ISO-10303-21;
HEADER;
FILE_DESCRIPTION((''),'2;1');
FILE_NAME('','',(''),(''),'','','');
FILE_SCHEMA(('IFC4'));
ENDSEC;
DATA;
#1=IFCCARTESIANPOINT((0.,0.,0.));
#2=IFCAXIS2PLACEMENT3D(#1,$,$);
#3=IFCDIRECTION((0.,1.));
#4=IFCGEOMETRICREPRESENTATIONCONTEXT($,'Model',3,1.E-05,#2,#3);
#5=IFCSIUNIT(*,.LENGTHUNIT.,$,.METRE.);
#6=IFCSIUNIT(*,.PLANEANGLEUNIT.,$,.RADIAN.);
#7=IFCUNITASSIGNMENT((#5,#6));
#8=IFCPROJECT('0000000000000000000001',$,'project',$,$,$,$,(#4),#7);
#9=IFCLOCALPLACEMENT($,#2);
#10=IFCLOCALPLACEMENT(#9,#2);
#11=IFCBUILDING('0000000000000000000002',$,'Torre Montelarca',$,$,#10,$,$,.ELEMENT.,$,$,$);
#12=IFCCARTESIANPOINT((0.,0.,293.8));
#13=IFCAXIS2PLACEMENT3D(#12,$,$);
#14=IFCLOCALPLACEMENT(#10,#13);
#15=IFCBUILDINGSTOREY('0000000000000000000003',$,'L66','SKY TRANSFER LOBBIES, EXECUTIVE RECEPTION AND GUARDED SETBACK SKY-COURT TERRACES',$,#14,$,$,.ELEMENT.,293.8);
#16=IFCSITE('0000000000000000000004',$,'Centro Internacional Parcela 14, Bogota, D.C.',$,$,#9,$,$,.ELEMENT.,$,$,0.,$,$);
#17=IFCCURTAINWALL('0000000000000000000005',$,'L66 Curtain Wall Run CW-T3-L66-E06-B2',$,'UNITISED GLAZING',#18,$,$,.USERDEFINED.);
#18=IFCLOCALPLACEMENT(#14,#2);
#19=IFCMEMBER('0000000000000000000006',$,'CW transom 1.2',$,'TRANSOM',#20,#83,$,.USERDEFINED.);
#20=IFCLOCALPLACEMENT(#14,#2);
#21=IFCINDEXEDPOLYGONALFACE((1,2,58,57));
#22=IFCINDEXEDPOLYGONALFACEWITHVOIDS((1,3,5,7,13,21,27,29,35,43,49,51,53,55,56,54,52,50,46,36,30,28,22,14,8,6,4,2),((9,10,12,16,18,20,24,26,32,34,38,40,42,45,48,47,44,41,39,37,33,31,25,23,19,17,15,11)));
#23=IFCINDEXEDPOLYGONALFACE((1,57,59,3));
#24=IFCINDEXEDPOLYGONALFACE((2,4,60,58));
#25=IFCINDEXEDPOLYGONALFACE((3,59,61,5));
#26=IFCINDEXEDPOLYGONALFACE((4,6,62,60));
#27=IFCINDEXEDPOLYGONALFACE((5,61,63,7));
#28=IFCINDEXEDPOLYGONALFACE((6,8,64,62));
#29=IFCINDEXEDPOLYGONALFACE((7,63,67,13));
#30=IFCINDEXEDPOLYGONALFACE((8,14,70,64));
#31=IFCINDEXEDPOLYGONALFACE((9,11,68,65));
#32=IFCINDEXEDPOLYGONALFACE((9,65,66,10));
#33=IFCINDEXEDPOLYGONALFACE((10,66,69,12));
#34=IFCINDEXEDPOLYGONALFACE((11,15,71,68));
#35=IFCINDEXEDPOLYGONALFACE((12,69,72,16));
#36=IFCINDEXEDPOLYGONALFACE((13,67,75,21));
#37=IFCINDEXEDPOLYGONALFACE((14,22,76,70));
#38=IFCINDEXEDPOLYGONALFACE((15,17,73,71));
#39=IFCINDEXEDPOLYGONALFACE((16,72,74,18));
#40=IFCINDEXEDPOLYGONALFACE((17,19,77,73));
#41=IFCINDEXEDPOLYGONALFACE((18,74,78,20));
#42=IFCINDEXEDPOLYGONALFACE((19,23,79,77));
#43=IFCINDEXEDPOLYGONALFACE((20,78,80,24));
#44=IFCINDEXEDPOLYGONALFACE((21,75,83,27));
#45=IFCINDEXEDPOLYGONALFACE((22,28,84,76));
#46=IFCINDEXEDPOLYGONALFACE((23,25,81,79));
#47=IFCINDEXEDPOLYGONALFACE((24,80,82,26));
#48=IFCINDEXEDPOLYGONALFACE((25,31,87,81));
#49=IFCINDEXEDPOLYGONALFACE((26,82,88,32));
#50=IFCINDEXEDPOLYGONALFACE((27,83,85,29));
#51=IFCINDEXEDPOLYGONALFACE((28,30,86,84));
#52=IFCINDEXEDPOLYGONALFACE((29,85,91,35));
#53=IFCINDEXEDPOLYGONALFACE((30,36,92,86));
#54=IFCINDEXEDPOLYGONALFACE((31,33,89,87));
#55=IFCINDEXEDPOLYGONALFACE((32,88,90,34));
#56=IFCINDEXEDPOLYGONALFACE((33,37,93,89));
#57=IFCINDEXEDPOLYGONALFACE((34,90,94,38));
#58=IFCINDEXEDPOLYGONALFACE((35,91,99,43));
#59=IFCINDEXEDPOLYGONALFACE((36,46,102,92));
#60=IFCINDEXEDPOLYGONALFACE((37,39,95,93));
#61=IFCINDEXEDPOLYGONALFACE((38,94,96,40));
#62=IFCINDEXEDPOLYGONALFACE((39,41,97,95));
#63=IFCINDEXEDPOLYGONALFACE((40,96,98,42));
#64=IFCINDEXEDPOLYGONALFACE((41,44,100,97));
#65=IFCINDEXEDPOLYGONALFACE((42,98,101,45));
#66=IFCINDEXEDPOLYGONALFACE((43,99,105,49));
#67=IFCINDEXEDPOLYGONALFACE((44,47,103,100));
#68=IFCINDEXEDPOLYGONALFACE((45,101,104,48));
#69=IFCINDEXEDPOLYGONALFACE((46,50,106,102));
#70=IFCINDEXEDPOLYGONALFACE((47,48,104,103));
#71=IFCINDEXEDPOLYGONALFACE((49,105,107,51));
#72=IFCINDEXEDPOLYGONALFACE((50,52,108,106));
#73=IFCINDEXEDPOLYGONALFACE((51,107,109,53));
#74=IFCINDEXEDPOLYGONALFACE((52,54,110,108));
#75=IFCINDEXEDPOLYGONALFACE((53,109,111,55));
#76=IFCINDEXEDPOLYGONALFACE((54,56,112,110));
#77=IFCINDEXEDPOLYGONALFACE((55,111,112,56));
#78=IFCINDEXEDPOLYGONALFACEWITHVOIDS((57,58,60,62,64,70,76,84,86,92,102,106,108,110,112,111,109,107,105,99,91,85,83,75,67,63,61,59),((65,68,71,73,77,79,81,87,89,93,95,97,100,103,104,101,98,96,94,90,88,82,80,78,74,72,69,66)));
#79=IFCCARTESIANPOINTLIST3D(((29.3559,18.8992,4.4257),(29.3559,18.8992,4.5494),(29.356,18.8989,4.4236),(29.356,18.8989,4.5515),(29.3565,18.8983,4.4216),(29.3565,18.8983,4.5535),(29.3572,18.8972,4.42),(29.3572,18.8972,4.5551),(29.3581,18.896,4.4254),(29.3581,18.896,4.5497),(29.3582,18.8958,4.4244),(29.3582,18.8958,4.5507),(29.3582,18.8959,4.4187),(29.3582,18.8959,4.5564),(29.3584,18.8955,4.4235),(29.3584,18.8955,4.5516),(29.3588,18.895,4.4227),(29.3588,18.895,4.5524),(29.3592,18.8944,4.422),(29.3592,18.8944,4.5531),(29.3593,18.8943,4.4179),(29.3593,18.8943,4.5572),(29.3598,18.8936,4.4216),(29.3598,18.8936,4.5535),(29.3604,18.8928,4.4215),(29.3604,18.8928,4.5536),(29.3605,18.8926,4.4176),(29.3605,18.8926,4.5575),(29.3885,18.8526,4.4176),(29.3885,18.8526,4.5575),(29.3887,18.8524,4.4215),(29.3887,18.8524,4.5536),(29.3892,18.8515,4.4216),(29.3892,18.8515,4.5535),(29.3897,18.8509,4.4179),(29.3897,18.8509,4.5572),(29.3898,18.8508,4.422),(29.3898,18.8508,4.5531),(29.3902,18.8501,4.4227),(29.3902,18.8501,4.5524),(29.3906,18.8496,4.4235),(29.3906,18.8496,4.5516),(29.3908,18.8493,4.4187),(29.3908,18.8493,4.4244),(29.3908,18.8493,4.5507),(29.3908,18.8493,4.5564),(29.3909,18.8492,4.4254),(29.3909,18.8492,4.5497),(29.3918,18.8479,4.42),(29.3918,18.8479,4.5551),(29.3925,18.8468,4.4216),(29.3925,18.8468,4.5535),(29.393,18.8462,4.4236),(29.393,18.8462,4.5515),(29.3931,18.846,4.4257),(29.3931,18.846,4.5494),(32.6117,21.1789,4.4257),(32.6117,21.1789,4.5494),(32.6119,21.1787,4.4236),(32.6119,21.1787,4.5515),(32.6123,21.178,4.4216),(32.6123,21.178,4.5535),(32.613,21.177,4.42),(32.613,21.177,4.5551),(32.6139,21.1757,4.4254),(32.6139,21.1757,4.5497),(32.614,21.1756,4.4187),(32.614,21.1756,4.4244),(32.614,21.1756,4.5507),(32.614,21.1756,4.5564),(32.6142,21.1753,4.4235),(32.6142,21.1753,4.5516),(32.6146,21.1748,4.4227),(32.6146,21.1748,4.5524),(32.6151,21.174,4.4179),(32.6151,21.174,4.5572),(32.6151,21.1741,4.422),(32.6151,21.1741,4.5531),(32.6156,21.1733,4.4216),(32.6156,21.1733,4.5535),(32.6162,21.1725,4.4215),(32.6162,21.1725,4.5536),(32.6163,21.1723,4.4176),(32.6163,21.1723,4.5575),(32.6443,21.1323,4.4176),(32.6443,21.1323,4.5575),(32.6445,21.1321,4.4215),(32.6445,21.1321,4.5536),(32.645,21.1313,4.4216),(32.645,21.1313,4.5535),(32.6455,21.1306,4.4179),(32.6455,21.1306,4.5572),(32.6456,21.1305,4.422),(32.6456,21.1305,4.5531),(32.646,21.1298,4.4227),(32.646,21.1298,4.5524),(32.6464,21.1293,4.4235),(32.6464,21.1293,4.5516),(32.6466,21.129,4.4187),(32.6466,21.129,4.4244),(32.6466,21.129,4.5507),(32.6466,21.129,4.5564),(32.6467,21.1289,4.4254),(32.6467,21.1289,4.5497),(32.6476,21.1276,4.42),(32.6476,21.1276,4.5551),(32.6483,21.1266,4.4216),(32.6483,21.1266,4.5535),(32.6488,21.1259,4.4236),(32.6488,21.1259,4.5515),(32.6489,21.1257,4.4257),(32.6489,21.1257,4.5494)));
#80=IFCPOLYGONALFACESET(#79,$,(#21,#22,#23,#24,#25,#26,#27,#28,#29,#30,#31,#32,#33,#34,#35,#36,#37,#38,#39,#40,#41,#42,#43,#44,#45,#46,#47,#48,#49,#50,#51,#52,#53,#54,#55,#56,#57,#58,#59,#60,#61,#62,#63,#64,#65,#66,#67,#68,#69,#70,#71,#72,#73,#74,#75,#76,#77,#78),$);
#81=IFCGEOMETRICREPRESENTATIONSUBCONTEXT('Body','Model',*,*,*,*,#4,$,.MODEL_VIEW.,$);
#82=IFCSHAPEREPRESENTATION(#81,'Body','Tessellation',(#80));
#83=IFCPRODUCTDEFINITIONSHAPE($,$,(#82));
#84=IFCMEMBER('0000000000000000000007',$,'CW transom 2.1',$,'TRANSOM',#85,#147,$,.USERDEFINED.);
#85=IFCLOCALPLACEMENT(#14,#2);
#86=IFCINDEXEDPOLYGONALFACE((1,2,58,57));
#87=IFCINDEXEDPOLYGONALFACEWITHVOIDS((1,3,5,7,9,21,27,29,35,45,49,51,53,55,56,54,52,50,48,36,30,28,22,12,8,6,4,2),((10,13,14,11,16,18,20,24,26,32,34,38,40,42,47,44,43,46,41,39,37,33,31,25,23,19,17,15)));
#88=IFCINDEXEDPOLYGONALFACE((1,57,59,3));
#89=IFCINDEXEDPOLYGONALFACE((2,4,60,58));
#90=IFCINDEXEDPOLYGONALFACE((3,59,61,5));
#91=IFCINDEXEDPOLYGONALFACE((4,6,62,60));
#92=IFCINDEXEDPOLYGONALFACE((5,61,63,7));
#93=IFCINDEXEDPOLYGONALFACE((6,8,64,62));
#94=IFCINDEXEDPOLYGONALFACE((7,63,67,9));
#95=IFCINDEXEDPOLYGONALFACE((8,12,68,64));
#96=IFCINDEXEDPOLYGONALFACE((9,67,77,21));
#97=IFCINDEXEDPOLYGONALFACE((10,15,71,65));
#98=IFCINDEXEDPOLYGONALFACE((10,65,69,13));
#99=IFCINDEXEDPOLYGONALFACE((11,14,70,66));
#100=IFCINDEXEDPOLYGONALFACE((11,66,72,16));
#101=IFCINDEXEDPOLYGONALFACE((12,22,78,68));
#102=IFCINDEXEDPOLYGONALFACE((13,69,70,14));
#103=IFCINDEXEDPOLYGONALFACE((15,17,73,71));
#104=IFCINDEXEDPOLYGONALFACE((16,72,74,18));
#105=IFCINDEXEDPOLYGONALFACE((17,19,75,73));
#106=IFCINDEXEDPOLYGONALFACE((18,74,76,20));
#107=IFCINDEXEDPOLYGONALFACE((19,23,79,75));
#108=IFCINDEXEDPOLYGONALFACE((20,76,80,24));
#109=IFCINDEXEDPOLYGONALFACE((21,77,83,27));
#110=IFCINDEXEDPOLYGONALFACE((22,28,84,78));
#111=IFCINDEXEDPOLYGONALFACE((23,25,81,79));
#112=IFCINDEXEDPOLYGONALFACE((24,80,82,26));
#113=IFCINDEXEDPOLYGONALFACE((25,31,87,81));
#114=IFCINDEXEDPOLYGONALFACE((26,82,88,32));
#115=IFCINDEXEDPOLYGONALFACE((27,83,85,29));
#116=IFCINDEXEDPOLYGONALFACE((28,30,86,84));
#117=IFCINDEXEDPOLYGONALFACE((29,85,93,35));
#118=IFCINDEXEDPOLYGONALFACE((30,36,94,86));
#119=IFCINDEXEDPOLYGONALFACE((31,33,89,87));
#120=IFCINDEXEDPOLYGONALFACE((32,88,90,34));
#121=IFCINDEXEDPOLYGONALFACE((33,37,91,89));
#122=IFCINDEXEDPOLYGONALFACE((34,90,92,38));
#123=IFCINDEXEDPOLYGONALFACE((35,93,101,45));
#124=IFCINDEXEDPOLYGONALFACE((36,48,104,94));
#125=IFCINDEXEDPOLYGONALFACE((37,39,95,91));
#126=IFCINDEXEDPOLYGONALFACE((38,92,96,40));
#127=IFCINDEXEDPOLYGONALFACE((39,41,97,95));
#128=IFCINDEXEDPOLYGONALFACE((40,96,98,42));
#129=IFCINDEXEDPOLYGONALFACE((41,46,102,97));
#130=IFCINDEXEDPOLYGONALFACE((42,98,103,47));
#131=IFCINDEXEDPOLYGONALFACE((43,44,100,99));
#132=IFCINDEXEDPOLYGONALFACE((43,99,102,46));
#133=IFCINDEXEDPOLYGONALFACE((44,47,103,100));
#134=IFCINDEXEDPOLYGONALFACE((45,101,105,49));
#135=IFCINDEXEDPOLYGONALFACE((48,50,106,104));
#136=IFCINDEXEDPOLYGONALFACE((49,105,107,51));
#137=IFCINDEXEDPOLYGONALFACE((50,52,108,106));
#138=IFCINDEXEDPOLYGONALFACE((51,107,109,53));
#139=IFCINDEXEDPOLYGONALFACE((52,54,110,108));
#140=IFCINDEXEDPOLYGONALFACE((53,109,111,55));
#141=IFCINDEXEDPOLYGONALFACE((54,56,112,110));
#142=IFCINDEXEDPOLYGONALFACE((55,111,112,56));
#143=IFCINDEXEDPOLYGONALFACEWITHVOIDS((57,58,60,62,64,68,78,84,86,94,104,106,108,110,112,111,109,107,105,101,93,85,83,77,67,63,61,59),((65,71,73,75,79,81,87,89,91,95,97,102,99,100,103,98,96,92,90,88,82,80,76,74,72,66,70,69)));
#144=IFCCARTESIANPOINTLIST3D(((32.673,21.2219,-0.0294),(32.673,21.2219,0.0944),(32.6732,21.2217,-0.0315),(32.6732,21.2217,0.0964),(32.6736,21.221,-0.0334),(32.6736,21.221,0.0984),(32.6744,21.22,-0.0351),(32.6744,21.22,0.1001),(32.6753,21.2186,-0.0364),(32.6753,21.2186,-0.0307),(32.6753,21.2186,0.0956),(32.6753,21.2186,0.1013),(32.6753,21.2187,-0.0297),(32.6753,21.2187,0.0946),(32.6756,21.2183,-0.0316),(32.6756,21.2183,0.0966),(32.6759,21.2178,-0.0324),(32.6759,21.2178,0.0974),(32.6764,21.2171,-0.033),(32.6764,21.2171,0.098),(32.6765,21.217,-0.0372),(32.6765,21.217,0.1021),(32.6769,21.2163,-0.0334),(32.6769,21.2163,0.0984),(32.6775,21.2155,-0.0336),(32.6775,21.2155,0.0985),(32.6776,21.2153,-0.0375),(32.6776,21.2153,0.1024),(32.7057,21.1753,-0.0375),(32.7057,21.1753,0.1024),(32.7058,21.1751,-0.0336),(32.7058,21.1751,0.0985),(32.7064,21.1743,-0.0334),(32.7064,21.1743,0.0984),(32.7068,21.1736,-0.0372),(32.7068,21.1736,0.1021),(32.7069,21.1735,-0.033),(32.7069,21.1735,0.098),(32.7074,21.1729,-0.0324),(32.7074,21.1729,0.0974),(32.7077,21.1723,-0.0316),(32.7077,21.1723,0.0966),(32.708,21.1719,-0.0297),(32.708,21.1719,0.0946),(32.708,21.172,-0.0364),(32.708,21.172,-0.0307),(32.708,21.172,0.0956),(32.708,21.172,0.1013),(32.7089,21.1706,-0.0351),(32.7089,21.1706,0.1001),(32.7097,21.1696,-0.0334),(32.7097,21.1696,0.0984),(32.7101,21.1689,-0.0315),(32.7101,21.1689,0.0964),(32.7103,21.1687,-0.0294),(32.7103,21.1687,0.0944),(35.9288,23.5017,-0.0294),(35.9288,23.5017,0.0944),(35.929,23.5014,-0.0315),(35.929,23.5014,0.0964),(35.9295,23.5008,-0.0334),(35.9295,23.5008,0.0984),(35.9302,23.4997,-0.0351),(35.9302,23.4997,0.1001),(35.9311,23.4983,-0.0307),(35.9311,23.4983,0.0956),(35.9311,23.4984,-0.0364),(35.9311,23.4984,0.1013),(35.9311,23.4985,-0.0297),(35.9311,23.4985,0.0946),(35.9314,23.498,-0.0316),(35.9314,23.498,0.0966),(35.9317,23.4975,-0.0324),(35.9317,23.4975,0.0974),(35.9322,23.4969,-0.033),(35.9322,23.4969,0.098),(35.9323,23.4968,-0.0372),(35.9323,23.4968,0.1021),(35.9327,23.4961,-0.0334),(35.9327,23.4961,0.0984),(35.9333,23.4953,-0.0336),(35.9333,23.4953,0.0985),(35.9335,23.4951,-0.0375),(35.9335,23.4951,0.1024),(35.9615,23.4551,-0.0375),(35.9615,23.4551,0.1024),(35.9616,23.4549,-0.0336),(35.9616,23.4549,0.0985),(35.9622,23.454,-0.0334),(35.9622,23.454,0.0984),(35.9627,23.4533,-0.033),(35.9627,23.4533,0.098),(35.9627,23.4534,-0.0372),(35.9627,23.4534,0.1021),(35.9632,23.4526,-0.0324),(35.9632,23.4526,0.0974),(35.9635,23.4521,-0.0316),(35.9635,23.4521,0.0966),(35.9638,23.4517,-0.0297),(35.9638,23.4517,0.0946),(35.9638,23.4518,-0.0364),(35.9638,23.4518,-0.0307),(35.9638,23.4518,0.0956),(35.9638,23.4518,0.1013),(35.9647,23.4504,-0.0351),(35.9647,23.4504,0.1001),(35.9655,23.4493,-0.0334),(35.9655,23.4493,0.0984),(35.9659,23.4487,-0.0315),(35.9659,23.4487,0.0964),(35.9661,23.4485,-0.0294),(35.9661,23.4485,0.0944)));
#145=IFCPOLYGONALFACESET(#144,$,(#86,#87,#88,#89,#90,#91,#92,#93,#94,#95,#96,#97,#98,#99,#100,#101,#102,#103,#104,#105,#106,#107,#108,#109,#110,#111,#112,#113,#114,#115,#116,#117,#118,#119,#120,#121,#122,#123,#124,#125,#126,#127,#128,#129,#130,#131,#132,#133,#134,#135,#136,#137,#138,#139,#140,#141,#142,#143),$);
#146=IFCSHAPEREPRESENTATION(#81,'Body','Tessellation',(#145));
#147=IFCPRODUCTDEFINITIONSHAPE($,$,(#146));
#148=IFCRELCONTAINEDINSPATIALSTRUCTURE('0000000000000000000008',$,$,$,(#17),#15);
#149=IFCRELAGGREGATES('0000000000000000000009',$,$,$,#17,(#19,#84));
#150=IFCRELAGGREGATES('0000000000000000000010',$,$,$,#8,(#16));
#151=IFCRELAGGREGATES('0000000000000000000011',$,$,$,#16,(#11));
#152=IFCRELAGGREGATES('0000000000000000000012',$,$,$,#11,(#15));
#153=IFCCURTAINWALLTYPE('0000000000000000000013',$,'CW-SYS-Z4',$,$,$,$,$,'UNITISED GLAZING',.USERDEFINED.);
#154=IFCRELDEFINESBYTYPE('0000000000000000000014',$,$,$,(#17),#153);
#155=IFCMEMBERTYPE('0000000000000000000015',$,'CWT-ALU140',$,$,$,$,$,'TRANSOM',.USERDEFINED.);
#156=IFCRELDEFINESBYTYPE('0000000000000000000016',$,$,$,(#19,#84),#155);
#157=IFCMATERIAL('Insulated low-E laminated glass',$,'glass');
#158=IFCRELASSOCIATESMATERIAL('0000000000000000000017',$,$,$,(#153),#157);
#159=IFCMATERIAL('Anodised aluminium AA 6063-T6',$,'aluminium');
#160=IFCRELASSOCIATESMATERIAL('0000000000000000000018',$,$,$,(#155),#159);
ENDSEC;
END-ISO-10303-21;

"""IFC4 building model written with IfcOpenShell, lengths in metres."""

from ifc_helpers import new_model, si_unit, direction, frame, origin, origin_2d, place, context, subcontext, project, spatial, hollow_rectangle, extrude, source, transform, mapped, material, material_profile, profile_set, type_object, element, aggregate, save


model = new_model("IFC4")

# Units and contexts
model_context = context("Model", 3, precision=1e-05, world=origin(), true_north=direction((0.0, 1.0)))
body_context = subcontext(model_context, "Body", "Model", "MODEL_VIEW")
ifc_project = project(units=[si_unit("LENGTHUNIT", "METRE"), si_unit("PLANEANGLEUNIT", "RADIAN")], contexts=[model_context])

# Site, building, storey
site_placement = place(None, origin())
site = spatial("IfcSite", under=ifc_project, at=site_placement, Name="Centro Internacional Parcela 14, Bogota, D.C.", CompositionType="ELEMENT", RefElevation=0.0)
building_placement = place(site_placement, origin())
building = spatial("IfcBuilding", under=site, at=building_placement, Name="Torre Montelarca", CompositionType="ELEMENT")
storey_placement = place(building_placement, frame((0.0, 0.0, 293.8)))
storey = spatial("IfcBuildingStorey", under=building, at=storey_placement, Name="L66", Description="SKY TRANSFER LOBBIES, EXECUTIVE RECEPTION AND GUARDED SETBACK SKY-COURT TERRACES", CompositionType="ELEMENT", Elevation=293.8)

# Shared definitions
ifc_material_1 = material(Name="Insulated low-E laminated glass", Category="glass")
curtain_wall_type = type_object("IfcCurtainWallType", Name="CW-SYS-Z4", ElementType="UNITISED GLAZING", PredefinedType="USERDEFINED", material=ifc_material_1)
ifc_material_2 = material(Name="Anodised aluminium AA 6063-T6", Category="aluminium")

# Curtain wall
curtain_wall_1_placement = place(storey_placement, origin())
curtain_wall_1 = element("IfcCurtainWall", 1, at=curtain_wall_1_placement, inside=storey, type_object=curtain_wall_type, Name="L66 Curtain Wall Run CW-T3-L66-E06-B2", ObjectType="UNITISED GLAZING", PredefinedType="USERDEFINED")
ifc_material_profile_1 = material_profile(ifc_material_2, hollow_rectangle(XDim=0.0649, YDim=0.1399, WallThickness=0.0039, InnerFilletRadius=0.0039, OuterFilletRadius=0.0081, at=origin_2d()), Name="ALU65X140X4", Category="aluminium")
ifc_profile_set_1 = profile_set([ifc_material_profile_1], Name="Anodised aluminium AA 6063-T6")
member_type_1 = type_object("IfcMemberType", Name="CWT-ALU140", ElementType="TRANSOM", PredefinedType="USERDEFINED", material=ifc_profile_set_1)

# Members
shared_shape_1 = source(origin(), body_context, "Body", "SweptSolid", [
    extrude(hollow_rectangle(XDim=0.0649, YDim=0.1399, WallThickness=0.0039, InnerFilletRadius=0.0039, OuterFilletRadius=0.0081, at=origin_2d()), origin(), (0.0, 0.0, 1.0), 3.9746),
])
member_1_placement = place(storey_placement, frame((29.3745, 18.8726, 4.4875), z_axis=(0.819151, 0.573578, 0.0), x_axis=(-0.573578, 0.819151, 0.0)))
member_1 = element("IfcMember", 2, at=member_1_placement, type_object=member_type_1, Name="CW transom 1.2", ObjectType="TRANSOM", PredefinedType="USERDEFINED", context=body_context, shape_type="MappedRepresentation", body=[
    mapped(shared_shape_1, transform((0.0, 0.0, 0.0), scale=1.0)),
])
member_2_placement = place(storey_placement, frame((32.6917, 21.1953, 0.0325), z_axis=(0.819151, 0.573578, 0.0), x_axis=(-0.573578, 0.819151, 0.0)))
member_2 = element("IfcMember", 3, at=member_2_placement, type_object=member_type_1, Name="CW transom 2.1", ObjectType="TRANSOM", PredefinedType="USERDEFINED", context=body_context, shape_type="MappedRepresentation", body=[
    mapped(shared_shape_1, transform((0.0, 0.0, 0.0), scale=1.0)),
])

aggregate(curtain_wall_1, [member_1, member_2])

save(model, "model.ifc")
